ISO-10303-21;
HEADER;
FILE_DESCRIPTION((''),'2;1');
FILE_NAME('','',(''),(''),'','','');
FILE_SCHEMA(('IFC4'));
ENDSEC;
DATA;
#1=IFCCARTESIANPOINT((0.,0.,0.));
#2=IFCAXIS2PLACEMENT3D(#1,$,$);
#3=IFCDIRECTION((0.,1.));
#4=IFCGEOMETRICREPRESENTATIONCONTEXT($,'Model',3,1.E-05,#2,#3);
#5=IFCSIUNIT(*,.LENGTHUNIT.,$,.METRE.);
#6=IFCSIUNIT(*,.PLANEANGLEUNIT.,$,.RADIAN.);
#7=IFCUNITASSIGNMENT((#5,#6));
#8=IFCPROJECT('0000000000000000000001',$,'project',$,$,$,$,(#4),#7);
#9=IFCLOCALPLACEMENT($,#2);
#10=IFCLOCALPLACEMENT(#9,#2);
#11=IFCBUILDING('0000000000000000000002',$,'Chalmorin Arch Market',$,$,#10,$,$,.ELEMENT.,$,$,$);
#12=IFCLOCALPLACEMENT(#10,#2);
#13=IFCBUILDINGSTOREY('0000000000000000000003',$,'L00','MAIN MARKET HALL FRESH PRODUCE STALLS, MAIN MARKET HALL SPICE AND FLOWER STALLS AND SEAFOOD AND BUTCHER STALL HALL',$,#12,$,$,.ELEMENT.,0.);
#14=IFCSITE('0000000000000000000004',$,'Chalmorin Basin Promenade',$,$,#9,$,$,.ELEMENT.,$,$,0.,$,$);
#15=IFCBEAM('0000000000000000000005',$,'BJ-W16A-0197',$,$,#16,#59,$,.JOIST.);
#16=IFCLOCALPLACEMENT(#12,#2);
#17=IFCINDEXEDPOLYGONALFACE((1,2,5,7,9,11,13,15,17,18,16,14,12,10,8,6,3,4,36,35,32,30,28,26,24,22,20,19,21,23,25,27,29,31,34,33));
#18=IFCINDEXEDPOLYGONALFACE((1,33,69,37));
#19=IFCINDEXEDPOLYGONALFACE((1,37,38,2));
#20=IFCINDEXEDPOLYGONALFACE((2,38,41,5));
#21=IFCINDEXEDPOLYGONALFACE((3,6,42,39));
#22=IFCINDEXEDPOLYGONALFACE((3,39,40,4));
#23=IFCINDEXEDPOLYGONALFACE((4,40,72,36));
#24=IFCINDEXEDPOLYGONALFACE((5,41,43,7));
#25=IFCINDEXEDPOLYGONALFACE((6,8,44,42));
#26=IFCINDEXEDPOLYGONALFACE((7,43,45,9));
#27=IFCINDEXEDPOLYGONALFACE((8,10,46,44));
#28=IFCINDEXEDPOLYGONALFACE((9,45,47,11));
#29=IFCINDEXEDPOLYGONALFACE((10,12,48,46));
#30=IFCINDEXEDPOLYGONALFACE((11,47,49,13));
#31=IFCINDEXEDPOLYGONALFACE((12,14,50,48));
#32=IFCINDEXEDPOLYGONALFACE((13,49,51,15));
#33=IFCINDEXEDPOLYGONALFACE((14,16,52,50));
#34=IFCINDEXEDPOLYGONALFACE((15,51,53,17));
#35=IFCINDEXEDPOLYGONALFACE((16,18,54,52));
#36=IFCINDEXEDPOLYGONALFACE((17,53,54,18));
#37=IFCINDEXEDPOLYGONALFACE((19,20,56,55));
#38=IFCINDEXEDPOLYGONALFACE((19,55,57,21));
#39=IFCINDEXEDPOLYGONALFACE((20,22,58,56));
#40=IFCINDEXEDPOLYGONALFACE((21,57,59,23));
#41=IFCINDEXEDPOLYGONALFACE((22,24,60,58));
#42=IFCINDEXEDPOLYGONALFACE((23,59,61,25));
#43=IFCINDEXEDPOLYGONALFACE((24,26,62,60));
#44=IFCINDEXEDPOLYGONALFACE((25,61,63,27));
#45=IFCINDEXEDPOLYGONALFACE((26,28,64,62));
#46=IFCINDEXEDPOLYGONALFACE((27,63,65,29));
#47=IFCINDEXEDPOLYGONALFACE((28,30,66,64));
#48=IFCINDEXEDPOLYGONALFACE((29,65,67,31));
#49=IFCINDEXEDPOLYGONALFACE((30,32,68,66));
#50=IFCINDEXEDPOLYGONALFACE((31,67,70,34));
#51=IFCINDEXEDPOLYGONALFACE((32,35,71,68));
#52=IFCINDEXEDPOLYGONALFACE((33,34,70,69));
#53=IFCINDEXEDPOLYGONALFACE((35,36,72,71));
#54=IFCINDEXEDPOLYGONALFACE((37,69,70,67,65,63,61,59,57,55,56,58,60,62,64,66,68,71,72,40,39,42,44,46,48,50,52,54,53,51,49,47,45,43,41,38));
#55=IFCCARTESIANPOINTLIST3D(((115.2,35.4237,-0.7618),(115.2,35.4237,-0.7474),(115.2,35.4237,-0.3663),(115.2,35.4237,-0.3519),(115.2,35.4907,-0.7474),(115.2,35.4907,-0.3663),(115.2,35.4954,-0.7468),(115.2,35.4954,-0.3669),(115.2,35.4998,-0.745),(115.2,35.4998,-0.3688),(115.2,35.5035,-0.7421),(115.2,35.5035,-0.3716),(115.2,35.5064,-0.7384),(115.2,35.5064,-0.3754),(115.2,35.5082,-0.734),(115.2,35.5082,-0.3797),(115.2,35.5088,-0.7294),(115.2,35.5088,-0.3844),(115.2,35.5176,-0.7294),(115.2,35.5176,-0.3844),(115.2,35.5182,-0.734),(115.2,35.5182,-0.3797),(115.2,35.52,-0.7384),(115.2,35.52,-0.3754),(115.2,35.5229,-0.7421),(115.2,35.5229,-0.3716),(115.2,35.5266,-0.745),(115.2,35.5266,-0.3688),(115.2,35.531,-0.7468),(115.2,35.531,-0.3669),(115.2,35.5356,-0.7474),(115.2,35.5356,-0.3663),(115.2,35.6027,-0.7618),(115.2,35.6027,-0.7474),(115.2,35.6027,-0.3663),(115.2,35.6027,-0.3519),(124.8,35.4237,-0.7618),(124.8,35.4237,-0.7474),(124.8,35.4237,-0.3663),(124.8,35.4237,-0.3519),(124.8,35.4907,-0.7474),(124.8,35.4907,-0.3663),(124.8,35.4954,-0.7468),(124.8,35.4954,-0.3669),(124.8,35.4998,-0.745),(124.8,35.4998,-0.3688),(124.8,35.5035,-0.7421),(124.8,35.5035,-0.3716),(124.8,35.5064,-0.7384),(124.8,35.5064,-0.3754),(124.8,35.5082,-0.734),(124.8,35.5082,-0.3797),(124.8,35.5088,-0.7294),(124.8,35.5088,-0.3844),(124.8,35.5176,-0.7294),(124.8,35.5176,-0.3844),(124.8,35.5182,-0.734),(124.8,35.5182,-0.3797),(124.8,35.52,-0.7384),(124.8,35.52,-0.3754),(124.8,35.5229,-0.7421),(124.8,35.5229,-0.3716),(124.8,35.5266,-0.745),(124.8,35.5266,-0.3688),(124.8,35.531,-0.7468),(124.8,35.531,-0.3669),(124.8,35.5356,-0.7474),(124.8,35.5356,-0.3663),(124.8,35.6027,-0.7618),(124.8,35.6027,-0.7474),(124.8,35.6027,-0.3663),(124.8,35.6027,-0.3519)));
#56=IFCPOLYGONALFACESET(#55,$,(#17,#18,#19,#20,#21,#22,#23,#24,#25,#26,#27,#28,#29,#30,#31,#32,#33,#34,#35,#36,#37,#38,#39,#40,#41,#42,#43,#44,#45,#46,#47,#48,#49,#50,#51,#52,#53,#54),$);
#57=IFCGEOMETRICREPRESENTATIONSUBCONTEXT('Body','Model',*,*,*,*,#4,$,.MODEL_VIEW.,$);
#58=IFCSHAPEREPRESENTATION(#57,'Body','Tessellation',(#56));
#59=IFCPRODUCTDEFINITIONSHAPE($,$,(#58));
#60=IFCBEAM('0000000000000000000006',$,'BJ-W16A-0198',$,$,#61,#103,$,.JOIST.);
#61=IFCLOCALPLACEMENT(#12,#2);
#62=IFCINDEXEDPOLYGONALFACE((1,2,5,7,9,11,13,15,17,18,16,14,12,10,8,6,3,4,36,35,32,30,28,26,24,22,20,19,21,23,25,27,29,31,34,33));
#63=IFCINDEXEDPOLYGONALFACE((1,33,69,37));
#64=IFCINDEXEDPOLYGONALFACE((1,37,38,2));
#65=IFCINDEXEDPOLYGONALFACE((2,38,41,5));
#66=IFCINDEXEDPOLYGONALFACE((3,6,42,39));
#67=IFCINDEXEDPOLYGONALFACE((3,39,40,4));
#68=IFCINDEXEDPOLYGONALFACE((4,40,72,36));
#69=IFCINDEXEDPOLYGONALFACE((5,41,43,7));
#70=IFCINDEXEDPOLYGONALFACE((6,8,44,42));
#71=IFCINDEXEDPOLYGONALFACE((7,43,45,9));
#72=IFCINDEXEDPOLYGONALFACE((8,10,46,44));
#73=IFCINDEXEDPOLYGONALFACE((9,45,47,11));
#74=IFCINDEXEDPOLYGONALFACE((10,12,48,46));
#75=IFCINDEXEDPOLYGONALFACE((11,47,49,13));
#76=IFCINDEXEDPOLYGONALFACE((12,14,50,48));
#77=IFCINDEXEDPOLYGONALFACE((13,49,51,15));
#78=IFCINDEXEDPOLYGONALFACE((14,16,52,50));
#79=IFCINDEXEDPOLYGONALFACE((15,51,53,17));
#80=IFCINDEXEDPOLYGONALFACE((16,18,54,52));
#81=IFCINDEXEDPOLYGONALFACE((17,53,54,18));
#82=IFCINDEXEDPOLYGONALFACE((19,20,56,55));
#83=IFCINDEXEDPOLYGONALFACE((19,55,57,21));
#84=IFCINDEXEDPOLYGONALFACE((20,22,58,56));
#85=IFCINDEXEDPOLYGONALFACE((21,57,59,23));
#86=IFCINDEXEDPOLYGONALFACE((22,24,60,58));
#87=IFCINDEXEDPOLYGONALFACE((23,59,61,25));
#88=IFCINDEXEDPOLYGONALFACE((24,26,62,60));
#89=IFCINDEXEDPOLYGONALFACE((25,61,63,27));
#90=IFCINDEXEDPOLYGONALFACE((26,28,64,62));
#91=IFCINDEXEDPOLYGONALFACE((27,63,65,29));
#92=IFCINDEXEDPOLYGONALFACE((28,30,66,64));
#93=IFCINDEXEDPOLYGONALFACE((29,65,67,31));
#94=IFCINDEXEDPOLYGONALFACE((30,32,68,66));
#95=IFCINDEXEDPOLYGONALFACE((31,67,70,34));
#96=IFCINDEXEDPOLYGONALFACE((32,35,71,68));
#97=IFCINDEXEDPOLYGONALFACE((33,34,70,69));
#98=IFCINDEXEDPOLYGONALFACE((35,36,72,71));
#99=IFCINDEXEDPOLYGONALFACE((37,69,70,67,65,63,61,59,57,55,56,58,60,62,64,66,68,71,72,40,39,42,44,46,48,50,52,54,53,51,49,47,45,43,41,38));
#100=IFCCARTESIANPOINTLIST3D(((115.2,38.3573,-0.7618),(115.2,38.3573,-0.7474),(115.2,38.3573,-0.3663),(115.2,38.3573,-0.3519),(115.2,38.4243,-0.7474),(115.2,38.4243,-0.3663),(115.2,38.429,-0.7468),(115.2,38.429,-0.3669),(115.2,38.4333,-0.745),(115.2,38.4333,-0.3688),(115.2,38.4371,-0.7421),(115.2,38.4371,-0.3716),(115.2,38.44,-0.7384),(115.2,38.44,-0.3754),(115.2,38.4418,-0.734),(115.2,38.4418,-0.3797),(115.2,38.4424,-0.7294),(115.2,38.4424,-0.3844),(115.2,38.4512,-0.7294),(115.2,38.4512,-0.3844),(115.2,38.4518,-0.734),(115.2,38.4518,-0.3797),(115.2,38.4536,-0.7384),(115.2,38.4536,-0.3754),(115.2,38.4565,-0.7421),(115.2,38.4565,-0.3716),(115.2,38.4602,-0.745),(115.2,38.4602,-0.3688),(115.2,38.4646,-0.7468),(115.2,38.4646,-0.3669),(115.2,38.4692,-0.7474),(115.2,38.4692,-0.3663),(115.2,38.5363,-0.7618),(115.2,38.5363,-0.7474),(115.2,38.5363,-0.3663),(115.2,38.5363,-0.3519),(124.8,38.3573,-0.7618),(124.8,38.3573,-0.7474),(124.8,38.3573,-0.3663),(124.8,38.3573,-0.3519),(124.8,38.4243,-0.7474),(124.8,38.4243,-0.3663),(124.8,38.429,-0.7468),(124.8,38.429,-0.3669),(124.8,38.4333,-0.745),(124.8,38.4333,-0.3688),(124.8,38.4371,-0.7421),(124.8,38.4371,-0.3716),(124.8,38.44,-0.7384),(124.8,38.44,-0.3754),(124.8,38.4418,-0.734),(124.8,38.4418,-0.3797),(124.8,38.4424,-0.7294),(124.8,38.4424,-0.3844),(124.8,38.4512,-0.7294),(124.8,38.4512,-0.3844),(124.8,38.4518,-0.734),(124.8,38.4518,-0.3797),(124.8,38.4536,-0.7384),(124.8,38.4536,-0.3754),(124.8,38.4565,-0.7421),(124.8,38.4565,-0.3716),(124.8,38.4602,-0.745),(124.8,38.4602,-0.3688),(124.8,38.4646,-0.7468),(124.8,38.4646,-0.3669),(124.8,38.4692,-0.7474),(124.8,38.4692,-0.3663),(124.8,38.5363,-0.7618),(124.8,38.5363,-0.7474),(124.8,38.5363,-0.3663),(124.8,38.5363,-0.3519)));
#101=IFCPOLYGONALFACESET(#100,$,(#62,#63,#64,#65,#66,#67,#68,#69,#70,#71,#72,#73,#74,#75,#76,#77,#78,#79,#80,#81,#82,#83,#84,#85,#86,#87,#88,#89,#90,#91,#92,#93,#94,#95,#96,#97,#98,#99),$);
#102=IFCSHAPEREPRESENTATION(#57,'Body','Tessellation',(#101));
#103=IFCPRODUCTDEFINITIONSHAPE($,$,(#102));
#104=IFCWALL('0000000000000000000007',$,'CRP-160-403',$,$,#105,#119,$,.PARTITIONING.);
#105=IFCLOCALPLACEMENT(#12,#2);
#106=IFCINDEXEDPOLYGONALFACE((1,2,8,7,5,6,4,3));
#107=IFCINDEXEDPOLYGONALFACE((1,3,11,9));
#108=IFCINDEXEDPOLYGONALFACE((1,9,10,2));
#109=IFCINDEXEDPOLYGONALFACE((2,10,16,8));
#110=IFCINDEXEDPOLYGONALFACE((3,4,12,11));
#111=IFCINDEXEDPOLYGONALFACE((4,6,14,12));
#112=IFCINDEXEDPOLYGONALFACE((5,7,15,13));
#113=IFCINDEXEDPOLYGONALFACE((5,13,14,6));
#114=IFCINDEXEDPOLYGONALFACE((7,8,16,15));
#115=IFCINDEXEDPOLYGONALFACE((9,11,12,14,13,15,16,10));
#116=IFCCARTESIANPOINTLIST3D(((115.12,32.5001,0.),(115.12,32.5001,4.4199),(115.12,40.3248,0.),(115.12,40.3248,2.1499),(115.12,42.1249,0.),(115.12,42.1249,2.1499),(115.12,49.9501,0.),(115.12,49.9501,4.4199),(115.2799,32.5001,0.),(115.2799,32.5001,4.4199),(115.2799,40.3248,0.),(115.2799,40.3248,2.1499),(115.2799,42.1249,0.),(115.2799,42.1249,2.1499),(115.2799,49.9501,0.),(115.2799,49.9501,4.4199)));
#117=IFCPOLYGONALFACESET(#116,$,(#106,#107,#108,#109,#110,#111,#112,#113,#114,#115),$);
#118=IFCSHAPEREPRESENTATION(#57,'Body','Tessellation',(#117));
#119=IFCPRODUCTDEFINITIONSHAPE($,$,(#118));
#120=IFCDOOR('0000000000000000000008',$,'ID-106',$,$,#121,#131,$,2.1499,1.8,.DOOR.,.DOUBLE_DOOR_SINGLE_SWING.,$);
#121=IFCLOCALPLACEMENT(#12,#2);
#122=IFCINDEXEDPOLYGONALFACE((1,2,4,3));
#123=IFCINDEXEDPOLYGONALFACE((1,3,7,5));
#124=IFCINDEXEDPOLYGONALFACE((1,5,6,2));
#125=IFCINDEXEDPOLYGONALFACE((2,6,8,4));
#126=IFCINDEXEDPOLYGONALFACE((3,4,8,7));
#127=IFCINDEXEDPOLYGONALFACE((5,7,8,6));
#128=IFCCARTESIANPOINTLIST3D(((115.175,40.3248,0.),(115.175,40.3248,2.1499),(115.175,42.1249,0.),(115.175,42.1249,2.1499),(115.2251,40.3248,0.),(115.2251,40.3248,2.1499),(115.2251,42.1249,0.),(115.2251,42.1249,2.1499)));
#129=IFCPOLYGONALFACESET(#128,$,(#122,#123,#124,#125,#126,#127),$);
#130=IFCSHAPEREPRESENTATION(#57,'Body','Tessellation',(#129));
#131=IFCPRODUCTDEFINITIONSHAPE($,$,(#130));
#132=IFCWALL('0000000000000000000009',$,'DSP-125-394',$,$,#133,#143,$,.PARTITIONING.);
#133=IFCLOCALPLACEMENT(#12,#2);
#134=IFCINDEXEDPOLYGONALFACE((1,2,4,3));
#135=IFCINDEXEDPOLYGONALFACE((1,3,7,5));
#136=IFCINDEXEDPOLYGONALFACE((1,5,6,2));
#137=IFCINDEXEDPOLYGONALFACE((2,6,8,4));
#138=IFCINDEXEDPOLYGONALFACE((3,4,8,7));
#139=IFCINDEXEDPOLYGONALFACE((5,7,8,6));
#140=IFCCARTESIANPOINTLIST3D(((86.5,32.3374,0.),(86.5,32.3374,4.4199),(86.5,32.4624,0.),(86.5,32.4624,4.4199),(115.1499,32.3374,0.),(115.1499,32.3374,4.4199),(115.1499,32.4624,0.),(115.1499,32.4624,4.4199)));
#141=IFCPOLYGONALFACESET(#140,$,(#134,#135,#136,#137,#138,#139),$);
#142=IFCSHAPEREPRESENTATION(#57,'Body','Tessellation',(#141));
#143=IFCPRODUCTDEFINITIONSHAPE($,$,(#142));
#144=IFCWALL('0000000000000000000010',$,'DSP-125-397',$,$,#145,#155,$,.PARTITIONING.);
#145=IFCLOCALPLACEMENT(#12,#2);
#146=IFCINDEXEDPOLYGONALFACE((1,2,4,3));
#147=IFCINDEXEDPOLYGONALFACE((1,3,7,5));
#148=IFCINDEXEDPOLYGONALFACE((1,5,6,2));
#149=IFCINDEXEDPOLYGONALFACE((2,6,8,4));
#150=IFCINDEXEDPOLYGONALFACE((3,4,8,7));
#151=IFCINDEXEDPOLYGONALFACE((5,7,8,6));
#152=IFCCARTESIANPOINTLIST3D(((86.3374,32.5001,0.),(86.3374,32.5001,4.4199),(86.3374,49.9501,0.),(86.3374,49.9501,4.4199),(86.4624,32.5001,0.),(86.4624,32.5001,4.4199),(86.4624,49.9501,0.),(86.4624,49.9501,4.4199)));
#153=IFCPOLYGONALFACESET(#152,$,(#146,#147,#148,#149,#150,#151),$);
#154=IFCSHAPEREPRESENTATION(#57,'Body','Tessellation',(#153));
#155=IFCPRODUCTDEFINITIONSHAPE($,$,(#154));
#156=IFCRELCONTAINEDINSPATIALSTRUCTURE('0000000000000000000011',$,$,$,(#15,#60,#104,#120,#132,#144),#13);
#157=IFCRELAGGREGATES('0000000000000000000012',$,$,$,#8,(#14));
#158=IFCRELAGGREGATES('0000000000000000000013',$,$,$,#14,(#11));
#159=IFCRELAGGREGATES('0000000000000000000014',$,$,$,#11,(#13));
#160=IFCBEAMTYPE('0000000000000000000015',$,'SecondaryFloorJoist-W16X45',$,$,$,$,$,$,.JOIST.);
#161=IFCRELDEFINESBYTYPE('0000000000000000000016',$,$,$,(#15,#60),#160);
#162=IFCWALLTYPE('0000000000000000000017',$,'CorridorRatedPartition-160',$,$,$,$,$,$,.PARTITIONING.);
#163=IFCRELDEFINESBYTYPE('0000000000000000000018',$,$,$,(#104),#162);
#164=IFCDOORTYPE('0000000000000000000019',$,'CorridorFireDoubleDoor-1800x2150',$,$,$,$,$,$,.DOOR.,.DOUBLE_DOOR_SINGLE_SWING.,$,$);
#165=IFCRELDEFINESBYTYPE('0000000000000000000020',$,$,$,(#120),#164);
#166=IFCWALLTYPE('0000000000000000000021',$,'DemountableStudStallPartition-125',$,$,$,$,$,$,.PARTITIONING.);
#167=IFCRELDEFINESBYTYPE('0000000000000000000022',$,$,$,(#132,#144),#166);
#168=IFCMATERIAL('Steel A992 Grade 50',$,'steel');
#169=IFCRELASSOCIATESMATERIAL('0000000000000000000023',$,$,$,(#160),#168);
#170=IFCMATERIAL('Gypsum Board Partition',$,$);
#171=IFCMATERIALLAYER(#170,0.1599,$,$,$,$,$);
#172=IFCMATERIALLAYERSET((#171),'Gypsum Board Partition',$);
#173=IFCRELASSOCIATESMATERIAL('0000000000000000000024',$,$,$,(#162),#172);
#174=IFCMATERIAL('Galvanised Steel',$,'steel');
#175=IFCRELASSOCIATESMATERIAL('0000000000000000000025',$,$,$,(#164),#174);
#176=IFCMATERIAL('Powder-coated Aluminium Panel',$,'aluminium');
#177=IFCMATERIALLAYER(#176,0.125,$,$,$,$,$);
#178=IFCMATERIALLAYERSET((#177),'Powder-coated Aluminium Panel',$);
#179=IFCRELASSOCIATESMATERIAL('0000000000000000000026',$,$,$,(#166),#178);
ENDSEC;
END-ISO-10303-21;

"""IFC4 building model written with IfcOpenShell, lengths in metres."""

from ifc_helpers import new_model, si_unit, direction, frame, frame_2d, origin, origin_2d, place, context, subcontext, project, spatial, rectangle, i_section, extrude, material, layer, layer_set, material_profile, profile_set, type_object, element, fill, save


model = new_model("IFC4")

# Units and contexts
model_context = context("Model", 3, precision=1e-05, world=origin(), true_north=direction((0.0, 1.0)))
body_context = subcontext(model_context, "Body", "Model", "MODEL_VIEW")
ifc_project = project(units=[si_unit("LENGTHUNIT", "METRE"), si_unit("PLANEANGLEUNIT", "RADIAN")], contexts=[model_context])

# Site, building, storey
site_placement = place(None, origin())
site = spatial("IfcSite", under=ifc_project, at=site_placement, Name="Chalmorin Basin Promenade", CompositionType="ELEMENT", RefElevation=0.0)
building_placement = place(site_placement, origin())
building = spatial("IfcBuilding", under=site, at=building_placement, Name="Chalmorin Arch Market", CompositionType="ELEMENT")
storey_placement = place(building_placement, origin())
storey = spatial("IfcBuildingStorey", under=building, at=storey_placement, Name="L00", Description="MAIN MARKET HALL FRESH PRODUCE STALLS, MAIN MARKET HALL SPICE AND FLOWER STALLS AND SEAFOOD AND BUTCHER STALL HALL", CompositionType="ELEMENT", Elevation=0.0)

# Beams
ifc_material_1 = material(Name="Steel A992 Grade 50", Category="steel")
ifc_material_profile_1 = material_profile(ifc_material_1, i_section(OverallWidth=0.179, OverallDepth=0.4099, WebThickness=0.0088, FlangeThickness=0.0144, FilletRadius=0.0181, at=origin_2d()), Name="W16X45")
ifc_profile_set_1 = profile_set([ifc_material_profile_1], Name="Steel A992 Grade 50")
beam_type_1 = type_object("IfcBeamType", Name="SecondaryFloorJoist-W16X45", PredefinedType="JOIST", material=ifc_profile_set_1)
for number, where, z_axis, x_axis, name in (
    (1, (115.2, 35.5132, -0.5569), (1.0, 0.0, 0.0), (0.0, 1.0, 0.0), "BJ-W16A-0197"),
    (2, (115.2, 38.4468, -0.5569), (1.0, 0.0, 0.0), (0.0, 1.0, 0.0), "BJ-W16A-0198"),
):
    element("IfcBeam", number, at=place(storey_placement, frame(where, z_axis=z_axis, x_axis=x_axis)), inside=storey, type_object=beam_type_1, Name=name, PredefinedType="JOIST", context=body_context, shape_type="SweptSolid", body=[
        extrude(i_section(OverallWidth=0.179, OverallDepth=0.4099, WebThickness=0.0088, FlangeThickness=0.0144, FilletRadius=0.0181, at=origin_2d()), origin(), (0.0, 0.0, 1.0), 9.6001),
    ])

# Wall, opening, door
ifc_material_2 = material(Name="Gypsum Board Partition")
ifc_layer_1 = layer(ifc_material_2, 0.1599)
ifc_layer_set_1 = layer_set([ifc_layer_1], Name="Gypsum Board Partition")
wall_type_1 = type_object("IfcWallType", Name="CorridorRatedPartition-160", PredefinedType="PARTITIONING", material=ifc_layer_set_1)
wall_1_placement = place(storey_placement, frame((115.2, 32.5, 0.0), z_axis=(0.0, 0.0, 1.0), x_axis=(0.0, 1.0, 0.0)))
wall_1 = element("IfcWall", 3, at=wall_1_placement, inside=storey, type_object=wall_type_1, Name="CRP-160-403", PredefinedType="PARTITIONING", context=body_context, shape_type="SweptSolid", body=[
    extrude(rectangle(XDim=17.45, YDim=0.1599, at=frame_2d((8.7251, 0.0))), origin(), (0.0, 0.0, 1.0), 4.4199),
])
opening_placement = place(wall_1_placement, frame((7.825, 0.0, 0.0)))
opening = element("IfcOpeningElement", 4, at=opening_placement, cuts=wall_1, PredefinedType="OPENING", context=body_context, shape_type="SweptSolid", body=[
    extrude(rectangle(XDim=1.8, YDim=2.1499, at=frame_2d((0.8999, 1.075))), frame((0.0, 0.0898, 0.0), z_axis=(0.0, -1.0, 0.0), x_axis=(1.0, 0.0, 0.0)), (0.0, 0.0, 1.0), 0.1799),
])
ifc_material_3 = material(Name="Galvanised Steel", Category="steel")
door_type = type_object("IfcDoorType", Name="CorridorFireDoubleDoor-1800x2150", OperationType="DOUBLE_DOOR_SINGLE_SWING", PredefinedType="DOOR", material=ifc_material_3)
door_placement = place(opening_placement, origin())
door = element("IfcDoor", 5, at=door_placement, inside=storey, type_object=door_type, Name="ID-106", OperationType="DOUBLE_DOOR_SINGLE_SWING", OverallHeight=2.1499, OverallWidth=1.8, PredefinedType="DOOR", context=body_context, shape_type="SweptSolid", body=[
    extrude(rectangle(XDim=1.8, YDim=2.1499, at=frame_2d((0.8999, 1.075))), frame((0.0, 0.0249, 0.0), z_axis=(0.0, -1.0, 0.0), x_axis=(1.0, 0.0, 0.0)), (0.0, 0.0, 1.0), 0.05),
])
fill(opening, door)

# Walls
ifc_material_4 = material(Name="Powder-coated Aluminium Panel", Category="aluminium")
ifc_layer_2 = layer(ifc_material_4, 0.125)
ifc_layer_set_2 = layer_set([ifc_layer_2], Name="Powder-coated Aluminium Panel")
wall_type_2 = type_object("IfcWallType", Name="DemountableStudStallPartition-125", PredefinedType="PARTITIONING", material=ifc_layer_set_2)
wall_2_placement = place(storey_placement, frame((86.5, 32.3999, 0.0), z_axis=(0.0, 0.0, 1.0), x_axis=(1.0, 0.0, 0.0)))
element("IfcWall", 6, at=wall_2_placement, inside=storey, type_object=wall_type_2, Name="DSP-125-394", PredefinedType="PARTITIONING", context=body_context, shape_type="SweptSolid", body=[
    extrude(rectangle(XDim=28.6499, YDim=0.125, at=frame_2d((14.325, 0.0))), origin(), (0.0, 0.0, 1.0), 4.4199),
])
wall_3_placement = place(storey_placement, frame((86.3999, 32.5, 0.0), z_axis=(0.0, 0.0, 1.0), x_axis=(0.0, 1.0, 0.0)))
element("IfcWall", 7, at=wall_3_placement, inside=storey, type_object=wall_type_2, Name="DSP-125-397", PredefinedType="PARTITIONING", context=body_context, shape_type="SweptSolid", body=[
    extrude(rectangle(XDim=17.45, YDim=0.125, at=frame_2d((8.7251, 0.0))), origin(), (0.0, 0.0, 1.0), 4.4199),
])

save(model, "model.ifc")
